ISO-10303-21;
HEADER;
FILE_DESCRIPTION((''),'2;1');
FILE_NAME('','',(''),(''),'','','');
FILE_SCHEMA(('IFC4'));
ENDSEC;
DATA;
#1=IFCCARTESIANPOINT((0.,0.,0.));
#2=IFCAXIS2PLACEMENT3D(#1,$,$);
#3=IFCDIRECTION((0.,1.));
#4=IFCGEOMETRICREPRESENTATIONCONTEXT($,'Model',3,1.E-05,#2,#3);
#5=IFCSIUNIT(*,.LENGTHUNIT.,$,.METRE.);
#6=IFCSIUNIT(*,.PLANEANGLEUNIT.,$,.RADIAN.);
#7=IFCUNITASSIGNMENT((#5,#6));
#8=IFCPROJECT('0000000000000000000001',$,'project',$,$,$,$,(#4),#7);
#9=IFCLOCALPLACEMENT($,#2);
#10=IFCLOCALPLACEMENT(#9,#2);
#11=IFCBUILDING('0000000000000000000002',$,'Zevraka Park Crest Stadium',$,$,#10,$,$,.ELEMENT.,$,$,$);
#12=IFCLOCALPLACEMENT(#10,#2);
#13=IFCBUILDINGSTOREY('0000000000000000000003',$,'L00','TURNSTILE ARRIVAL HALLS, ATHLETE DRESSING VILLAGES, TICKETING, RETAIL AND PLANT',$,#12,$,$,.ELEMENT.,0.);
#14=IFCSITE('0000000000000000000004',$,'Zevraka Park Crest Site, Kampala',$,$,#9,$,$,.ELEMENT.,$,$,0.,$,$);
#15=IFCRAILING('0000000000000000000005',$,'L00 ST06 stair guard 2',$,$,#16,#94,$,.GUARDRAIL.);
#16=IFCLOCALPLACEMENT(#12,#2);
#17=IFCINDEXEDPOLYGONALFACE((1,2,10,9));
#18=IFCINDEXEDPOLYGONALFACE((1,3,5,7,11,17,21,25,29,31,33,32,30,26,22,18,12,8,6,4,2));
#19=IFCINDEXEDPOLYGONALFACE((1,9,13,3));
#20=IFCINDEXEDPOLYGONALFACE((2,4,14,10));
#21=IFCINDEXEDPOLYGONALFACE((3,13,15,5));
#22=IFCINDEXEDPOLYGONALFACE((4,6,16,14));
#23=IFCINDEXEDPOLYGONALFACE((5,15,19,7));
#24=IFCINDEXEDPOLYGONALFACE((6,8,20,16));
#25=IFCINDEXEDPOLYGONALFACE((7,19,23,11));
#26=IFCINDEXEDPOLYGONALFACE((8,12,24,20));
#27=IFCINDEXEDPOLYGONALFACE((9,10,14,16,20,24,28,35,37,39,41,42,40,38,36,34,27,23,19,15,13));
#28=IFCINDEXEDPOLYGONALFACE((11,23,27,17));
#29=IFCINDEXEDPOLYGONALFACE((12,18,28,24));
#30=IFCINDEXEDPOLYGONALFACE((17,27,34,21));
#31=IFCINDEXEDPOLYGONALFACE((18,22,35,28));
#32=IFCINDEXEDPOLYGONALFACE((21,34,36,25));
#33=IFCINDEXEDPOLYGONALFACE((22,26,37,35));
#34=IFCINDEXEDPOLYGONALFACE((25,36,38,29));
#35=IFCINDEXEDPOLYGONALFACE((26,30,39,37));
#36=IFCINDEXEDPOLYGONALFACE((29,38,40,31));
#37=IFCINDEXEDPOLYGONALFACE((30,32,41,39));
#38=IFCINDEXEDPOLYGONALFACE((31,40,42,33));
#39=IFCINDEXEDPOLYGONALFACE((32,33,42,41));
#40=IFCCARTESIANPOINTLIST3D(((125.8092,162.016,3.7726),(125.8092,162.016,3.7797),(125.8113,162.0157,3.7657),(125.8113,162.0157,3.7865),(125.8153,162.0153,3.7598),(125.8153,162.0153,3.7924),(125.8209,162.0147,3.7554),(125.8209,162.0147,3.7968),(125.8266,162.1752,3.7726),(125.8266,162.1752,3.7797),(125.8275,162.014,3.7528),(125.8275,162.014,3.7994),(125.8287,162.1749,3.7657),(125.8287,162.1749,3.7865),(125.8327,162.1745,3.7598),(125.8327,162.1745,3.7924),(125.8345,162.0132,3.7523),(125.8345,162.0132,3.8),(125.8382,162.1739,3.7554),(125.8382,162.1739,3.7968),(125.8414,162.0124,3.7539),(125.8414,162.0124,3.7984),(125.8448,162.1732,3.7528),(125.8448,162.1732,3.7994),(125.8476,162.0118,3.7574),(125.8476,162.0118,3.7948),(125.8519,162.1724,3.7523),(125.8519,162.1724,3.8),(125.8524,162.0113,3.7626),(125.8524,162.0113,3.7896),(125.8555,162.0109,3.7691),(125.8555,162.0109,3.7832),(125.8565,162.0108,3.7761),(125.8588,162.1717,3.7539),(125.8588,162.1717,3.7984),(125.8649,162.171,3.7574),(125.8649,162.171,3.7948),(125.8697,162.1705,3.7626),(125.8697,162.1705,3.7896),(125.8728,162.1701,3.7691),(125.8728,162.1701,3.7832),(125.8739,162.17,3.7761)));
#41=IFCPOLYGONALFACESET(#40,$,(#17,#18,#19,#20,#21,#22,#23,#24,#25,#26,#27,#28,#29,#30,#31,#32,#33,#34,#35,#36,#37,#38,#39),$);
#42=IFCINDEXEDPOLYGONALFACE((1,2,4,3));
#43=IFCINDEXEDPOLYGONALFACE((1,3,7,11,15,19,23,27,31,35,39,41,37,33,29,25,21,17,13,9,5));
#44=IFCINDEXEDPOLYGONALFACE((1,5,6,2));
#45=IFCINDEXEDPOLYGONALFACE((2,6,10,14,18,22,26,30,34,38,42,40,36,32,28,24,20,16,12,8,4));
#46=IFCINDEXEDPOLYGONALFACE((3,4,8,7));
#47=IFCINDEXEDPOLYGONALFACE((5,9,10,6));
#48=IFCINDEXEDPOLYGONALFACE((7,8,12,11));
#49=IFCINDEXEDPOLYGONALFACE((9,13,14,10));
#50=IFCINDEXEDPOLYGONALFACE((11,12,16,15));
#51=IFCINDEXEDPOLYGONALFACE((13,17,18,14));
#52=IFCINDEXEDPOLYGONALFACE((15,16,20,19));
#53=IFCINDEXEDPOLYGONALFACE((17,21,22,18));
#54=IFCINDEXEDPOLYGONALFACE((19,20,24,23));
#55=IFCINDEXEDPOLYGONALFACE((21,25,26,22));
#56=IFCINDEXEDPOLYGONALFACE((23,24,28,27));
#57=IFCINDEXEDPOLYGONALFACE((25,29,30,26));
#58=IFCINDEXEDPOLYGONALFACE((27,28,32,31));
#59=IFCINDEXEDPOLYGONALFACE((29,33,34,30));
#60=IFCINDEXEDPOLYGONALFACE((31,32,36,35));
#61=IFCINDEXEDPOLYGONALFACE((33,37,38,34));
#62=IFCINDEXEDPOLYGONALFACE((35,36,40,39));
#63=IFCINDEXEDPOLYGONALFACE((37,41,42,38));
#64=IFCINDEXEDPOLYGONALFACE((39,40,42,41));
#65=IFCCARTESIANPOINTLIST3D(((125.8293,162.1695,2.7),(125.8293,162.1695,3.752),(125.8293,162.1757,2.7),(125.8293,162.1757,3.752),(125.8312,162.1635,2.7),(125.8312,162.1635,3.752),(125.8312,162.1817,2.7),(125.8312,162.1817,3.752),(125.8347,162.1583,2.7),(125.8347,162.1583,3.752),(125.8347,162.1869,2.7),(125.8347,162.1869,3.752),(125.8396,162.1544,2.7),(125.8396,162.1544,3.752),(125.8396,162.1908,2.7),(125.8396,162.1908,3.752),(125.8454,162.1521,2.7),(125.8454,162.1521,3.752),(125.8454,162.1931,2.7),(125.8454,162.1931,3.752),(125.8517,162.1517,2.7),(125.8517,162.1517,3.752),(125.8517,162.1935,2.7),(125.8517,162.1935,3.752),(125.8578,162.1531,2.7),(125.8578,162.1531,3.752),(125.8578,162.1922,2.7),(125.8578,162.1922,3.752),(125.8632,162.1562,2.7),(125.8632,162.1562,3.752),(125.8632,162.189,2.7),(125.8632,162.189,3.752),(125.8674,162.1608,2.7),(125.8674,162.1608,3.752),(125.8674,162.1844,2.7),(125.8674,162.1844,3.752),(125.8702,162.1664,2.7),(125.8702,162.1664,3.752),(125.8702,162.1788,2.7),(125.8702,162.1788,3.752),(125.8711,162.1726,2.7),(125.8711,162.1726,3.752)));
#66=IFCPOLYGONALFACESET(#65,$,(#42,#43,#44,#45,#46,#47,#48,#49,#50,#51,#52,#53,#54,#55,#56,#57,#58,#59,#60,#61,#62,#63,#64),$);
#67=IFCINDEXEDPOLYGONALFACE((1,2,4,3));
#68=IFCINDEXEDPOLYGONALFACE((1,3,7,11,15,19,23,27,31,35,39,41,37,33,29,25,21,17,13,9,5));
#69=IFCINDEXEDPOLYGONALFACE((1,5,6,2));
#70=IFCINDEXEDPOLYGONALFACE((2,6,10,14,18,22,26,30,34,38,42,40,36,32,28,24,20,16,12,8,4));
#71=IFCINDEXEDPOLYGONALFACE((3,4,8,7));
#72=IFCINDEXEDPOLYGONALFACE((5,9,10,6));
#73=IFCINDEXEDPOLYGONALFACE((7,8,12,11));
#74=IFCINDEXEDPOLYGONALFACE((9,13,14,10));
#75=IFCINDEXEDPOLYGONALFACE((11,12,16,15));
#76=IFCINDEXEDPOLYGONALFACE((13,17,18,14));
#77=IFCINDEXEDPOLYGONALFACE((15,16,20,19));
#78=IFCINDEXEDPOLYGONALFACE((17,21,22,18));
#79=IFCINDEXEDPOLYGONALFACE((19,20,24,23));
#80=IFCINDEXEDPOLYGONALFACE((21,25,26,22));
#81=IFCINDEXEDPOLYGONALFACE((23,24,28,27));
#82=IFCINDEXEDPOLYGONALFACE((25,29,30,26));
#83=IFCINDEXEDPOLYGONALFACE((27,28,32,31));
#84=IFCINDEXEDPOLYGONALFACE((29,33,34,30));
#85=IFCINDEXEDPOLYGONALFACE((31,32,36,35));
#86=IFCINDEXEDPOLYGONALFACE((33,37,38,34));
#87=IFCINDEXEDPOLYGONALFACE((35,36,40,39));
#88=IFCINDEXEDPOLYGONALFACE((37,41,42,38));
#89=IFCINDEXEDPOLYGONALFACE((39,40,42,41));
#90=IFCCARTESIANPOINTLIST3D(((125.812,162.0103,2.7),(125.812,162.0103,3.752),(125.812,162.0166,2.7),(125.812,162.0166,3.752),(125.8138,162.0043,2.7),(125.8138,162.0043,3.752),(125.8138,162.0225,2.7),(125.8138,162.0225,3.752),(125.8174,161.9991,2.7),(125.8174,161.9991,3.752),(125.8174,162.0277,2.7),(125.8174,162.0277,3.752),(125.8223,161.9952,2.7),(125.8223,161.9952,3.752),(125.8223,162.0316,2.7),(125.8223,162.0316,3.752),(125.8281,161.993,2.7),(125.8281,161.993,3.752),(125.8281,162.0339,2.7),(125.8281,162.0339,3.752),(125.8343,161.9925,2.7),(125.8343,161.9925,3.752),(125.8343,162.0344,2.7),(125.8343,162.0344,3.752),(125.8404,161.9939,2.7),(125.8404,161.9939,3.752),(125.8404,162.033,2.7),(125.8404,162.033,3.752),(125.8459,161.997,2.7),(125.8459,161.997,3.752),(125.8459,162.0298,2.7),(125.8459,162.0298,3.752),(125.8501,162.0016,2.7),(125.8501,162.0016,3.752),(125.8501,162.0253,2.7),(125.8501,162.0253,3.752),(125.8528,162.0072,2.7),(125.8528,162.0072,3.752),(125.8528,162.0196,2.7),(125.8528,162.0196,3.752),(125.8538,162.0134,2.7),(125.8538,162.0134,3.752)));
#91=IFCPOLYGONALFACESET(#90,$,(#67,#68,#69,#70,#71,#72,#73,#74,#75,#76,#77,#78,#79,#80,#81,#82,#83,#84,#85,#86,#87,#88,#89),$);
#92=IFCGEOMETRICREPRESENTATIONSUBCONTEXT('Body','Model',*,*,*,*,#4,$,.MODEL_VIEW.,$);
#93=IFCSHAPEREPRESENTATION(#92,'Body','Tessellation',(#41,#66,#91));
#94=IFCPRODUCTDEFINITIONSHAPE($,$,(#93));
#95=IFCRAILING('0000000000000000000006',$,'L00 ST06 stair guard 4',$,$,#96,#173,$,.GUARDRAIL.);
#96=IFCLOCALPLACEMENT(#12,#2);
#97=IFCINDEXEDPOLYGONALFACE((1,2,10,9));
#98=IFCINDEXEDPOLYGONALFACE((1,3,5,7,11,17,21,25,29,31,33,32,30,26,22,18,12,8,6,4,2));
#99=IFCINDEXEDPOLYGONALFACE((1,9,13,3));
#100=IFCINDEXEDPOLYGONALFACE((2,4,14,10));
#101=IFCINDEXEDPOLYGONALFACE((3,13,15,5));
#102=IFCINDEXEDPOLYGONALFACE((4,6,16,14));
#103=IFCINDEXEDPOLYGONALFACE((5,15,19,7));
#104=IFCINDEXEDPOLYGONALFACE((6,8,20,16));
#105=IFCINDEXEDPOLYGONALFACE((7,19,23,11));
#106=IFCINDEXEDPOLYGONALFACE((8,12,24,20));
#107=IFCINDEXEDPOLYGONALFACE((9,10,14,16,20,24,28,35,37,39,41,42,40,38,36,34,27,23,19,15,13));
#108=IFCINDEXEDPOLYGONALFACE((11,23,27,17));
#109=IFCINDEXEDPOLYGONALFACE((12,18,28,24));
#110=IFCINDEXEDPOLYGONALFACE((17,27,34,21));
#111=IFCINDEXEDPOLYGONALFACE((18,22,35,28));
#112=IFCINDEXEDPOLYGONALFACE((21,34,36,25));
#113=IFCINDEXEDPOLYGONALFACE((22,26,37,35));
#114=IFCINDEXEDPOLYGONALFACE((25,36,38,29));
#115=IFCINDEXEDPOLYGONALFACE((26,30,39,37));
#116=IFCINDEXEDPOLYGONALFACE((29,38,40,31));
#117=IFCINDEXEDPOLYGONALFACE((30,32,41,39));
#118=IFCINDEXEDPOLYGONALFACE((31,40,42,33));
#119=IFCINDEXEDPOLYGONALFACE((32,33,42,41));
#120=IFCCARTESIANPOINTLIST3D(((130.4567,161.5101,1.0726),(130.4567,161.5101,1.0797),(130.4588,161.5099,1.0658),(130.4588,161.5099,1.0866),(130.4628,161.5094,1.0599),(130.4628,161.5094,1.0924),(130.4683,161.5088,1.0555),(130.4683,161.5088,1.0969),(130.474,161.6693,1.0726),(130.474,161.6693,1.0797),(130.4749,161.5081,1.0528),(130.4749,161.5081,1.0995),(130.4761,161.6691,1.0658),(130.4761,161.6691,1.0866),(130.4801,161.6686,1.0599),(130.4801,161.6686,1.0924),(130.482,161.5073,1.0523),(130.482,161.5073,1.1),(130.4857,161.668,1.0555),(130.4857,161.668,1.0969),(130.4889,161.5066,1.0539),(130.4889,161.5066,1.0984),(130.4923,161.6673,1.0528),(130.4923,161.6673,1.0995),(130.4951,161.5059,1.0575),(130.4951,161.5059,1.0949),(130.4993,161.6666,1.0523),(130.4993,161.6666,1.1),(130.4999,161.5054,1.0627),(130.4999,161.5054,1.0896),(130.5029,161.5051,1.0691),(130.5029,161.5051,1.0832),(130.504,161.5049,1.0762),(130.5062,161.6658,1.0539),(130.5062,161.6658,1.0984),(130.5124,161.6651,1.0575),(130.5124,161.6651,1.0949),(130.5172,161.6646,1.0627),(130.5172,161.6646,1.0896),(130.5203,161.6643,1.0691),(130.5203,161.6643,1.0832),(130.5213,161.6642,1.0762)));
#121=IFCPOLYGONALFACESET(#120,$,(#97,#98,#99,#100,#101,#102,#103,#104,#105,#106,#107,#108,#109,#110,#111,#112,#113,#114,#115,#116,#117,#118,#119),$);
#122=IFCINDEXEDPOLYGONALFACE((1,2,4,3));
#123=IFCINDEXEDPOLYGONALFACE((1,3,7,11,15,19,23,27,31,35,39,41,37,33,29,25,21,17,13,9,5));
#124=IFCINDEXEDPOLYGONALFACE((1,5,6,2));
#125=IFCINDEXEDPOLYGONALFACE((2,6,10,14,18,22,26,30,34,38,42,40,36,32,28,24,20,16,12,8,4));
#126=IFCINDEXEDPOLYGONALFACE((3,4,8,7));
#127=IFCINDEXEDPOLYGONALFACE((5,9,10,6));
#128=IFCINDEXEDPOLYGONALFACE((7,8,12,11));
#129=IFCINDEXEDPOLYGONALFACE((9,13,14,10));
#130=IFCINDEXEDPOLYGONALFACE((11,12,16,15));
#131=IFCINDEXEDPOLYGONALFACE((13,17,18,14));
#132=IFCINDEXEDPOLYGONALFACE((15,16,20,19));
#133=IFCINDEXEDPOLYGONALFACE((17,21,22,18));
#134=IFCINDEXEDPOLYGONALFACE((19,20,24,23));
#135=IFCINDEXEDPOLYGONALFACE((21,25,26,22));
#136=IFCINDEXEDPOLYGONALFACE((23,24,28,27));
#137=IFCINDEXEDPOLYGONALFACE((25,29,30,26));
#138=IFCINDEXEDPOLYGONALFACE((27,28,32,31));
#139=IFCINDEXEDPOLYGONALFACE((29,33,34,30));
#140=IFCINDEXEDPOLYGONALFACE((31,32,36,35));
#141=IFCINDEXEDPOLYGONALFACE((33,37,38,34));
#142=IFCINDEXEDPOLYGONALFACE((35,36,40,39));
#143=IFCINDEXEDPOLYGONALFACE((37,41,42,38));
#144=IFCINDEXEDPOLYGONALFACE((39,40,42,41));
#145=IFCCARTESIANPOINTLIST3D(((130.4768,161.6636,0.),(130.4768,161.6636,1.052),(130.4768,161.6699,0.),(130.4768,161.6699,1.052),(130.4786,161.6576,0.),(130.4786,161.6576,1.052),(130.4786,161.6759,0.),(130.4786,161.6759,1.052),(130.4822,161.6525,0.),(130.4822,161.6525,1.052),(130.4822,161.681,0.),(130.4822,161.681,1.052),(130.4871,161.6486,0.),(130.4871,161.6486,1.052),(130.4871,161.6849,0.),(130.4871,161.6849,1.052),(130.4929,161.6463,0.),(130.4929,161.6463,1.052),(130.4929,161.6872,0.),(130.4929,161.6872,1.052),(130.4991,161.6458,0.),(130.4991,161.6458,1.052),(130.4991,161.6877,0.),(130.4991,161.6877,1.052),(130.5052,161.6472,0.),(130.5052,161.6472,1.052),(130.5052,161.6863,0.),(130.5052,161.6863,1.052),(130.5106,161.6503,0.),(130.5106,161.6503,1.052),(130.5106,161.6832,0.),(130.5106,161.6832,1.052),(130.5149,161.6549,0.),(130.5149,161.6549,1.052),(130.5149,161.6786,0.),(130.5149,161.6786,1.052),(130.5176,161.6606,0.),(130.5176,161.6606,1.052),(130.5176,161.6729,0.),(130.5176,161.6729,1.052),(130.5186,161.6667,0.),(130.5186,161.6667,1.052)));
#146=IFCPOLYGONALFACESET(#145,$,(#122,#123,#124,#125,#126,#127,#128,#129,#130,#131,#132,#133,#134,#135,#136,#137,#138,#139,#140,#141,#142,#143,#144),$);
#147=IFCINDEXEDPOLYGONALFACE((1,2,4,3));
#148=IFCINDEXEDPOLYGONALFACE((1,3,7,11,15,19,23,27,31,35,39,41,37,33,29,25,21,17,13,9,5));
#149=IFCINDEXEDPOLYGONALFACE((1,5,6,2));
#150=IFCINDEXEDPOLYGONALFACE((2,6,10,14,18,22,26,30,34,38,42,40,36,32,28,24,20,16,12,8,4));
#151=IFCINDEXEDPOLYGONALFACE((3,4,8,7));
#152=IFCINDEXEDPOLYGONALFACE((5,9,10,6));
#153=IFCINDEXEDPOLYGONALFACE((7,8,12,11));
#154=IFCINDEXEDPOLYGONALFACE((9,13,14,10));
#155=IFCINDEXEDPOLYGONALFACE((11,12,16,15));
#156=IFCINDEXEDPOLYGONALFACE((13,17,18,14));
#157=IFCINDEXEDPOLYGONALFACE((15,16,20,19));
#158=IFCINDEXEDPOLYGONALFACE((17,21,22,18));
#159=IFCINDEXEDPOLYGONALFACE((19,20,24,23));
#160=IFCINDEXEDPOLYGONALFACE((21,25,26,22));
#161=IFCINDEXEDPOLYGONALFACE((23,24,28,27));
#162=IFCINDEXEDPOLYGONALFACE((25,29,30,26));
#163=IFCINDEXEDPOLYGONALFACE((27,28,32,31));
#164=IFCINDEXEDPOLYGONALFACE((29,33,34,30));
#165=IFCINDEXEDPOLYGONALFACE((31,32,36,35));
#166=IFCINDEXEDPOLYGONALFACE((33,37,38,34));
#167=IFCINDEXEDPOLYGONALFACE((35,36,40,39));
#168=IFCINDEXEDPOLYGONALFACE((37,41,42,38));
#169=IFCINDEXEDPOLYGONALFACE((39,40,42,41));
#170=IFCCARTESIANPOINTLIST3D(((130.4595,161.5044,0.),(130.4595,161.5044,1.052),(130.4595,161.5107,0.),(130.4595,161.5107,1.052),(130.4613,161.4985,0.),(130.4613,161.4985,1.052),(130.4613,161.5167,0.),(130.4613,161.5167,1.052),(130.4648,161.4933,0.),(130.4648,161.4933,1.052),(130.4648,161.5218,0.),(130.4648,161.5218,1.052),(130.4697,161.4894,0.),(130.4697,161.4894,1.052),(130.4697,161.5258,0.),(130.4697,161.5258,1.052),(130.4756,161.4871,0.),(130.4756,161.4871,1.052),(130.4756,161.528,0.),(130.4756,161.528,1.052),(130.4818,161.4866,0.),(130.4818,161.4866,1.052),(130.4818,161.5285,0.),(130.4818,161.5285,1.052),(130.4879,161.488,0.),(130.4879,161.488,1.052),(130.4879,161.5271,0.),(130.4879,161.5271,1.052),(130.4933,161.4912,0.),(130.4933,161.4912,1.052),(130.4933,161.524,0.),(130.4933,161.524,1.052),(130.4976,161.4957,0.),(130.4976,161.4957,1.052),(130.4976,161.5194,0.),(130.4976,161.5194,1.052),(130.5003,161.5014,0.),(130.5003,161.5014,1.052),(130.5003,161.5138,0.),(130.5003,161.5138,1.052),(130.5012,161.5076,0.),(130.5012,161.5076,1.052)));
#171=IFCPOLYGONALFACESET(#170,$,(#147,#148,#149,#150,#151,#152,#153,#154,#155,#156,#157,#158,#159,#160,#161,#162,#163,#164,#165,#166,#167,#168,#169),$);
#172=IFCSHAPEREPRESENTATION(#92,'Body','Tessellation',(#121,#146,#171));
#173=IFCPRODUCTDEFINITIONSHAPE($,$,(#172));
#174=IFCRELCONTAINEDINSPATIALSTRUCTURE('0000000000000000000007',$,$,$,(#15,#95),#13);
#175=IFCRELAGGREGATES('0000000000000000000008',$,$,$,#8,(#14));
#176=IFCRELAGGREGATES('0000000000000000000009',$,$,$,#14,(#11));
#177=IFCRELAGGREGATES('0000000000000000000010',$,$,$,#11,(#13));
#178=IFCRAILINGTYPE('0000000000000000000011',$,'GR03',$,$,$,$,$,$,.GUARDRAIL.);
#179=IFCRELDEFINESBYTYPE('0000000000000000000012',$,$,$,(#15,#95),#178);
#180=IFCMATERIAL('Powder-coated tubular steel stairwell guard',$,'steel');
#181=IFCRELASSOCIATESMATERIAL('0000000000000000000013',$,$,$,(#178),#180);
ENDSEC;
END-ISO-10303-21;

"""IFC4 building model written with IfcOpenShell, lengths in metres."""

from ifc_helpers import new_model, si_unit, direction, frame, origin, origin_2d, place, context, subcontext, project, spatial, circle, extrude, material, type_object, element, save


model = new_model("IFC4")

# Units and contexts
model_context = context("Model", 3, precision=1e-05, world=origin(), true_north=direction((0.0, 1.0)))
body_context = subcontext(model_context, "Body", "Model", "MODEL_VIEW")
ifc_project = project(units=[si_unit("LENGTHUNIT", "METRE"), si_unit("PLANEANGLEUNIT", "RADIAN")], contexts=[model_context])

# Site, building, storey
site_placement = place(None, origin())
site = spatial("IfcSite", under=ifc_project, at=site_placement, Name="Zevraka Park Crest Site, Kampala", CompositionType="ELEMENT", RefElevation=0.0)
building_placement = place(site_placement, origin())
building = spatial("IfcBuilding", under=site, at=building_placement, Name="Zevraka Park Crest Stadium", CompositionType="ELEMENT")
storey_placement = place(building_placement, origin())
storey = spatial("IfcBuildingStorey", under=building, at=storey_placement, Name="L00", Description="TURNSTILE ARRIVAL HALLS, ATHLETE DRESSING VILLAGES, TICKETING, RETAIL AND PLANT", CompositionType="ELEMENT", Elevation=0.0)

# Railings
ifc_material_1 = material(Name="Powder-coated tubular steel stairwell guard", Category="steel")
railing_type_1 = type_object("IfcRailingType", Name="GR03", PredefinedType="GUARDRAIL", material=ifc_material_1)
railing_1_placement = place(storey_placement, frame((125.8501, 162.1726, 2.7)))
element("IfcRailing", 1, at=railing_1_placement, inside=storey, type_object=railing_type_1, Name="L00 ST06 stair guard 2", PredefinedType="GUARDRAIL", context=body_context, shape_type="SweptSolid", body=[
    extrude(circle(Radius=0.0239, at=origin_2d()), frame((0.0, 0.0, 1.0762), z_axis=(-0.108256, -0.994123, 0.0), x_axis=(0.994123, -0.108256, 0.0)), (0.0, 0.0, 1.0), 0.1602),
    extrude(circle(Radius=0.021, at=origin_2d()), origin(), (0.0, 0.0, 1.0), 1.052),
    extrude(circle(Radius=0.021, at=origin_2d()), frame((-0.0173, -0.1592, 0.0)), (0.0, 0.0, 1.0), 1.052),
])
railing_2_placement = place(storey_placement, frame((130.4976, 161.6667, 0.0)))
element("IfcRailing", 2, at=railing_2_placement, inside=storey, type_object=railing_type_1, Name="L00 ST06 stair guard 4", PredefinedType="GUARDRAIL", context=body_context, shape_type="SweptSolid", body=[
    extrude(circle(Radius=0.0239, at=origin_2d()), frame((0.0, 0.0, 1.0762), z_axis=(-0.108256, -0.994123, 0.0), x_axis=(0.994123, -0.108256, 0.0)), (0.0, 0.0, 1.0), 0.1602),
    extrude(circle(Radius=0.021, at=origin_2d()), origin(), (0.0, 0.0, 1.0), 1.052),
    extrude(circle(Radius=0.021, at=origin_2d()), frame((-0.0173, -0.1592, 0.0)), (0.0, 0.0, 1.0), 1.052),
])

save(model, "model.ifc")
